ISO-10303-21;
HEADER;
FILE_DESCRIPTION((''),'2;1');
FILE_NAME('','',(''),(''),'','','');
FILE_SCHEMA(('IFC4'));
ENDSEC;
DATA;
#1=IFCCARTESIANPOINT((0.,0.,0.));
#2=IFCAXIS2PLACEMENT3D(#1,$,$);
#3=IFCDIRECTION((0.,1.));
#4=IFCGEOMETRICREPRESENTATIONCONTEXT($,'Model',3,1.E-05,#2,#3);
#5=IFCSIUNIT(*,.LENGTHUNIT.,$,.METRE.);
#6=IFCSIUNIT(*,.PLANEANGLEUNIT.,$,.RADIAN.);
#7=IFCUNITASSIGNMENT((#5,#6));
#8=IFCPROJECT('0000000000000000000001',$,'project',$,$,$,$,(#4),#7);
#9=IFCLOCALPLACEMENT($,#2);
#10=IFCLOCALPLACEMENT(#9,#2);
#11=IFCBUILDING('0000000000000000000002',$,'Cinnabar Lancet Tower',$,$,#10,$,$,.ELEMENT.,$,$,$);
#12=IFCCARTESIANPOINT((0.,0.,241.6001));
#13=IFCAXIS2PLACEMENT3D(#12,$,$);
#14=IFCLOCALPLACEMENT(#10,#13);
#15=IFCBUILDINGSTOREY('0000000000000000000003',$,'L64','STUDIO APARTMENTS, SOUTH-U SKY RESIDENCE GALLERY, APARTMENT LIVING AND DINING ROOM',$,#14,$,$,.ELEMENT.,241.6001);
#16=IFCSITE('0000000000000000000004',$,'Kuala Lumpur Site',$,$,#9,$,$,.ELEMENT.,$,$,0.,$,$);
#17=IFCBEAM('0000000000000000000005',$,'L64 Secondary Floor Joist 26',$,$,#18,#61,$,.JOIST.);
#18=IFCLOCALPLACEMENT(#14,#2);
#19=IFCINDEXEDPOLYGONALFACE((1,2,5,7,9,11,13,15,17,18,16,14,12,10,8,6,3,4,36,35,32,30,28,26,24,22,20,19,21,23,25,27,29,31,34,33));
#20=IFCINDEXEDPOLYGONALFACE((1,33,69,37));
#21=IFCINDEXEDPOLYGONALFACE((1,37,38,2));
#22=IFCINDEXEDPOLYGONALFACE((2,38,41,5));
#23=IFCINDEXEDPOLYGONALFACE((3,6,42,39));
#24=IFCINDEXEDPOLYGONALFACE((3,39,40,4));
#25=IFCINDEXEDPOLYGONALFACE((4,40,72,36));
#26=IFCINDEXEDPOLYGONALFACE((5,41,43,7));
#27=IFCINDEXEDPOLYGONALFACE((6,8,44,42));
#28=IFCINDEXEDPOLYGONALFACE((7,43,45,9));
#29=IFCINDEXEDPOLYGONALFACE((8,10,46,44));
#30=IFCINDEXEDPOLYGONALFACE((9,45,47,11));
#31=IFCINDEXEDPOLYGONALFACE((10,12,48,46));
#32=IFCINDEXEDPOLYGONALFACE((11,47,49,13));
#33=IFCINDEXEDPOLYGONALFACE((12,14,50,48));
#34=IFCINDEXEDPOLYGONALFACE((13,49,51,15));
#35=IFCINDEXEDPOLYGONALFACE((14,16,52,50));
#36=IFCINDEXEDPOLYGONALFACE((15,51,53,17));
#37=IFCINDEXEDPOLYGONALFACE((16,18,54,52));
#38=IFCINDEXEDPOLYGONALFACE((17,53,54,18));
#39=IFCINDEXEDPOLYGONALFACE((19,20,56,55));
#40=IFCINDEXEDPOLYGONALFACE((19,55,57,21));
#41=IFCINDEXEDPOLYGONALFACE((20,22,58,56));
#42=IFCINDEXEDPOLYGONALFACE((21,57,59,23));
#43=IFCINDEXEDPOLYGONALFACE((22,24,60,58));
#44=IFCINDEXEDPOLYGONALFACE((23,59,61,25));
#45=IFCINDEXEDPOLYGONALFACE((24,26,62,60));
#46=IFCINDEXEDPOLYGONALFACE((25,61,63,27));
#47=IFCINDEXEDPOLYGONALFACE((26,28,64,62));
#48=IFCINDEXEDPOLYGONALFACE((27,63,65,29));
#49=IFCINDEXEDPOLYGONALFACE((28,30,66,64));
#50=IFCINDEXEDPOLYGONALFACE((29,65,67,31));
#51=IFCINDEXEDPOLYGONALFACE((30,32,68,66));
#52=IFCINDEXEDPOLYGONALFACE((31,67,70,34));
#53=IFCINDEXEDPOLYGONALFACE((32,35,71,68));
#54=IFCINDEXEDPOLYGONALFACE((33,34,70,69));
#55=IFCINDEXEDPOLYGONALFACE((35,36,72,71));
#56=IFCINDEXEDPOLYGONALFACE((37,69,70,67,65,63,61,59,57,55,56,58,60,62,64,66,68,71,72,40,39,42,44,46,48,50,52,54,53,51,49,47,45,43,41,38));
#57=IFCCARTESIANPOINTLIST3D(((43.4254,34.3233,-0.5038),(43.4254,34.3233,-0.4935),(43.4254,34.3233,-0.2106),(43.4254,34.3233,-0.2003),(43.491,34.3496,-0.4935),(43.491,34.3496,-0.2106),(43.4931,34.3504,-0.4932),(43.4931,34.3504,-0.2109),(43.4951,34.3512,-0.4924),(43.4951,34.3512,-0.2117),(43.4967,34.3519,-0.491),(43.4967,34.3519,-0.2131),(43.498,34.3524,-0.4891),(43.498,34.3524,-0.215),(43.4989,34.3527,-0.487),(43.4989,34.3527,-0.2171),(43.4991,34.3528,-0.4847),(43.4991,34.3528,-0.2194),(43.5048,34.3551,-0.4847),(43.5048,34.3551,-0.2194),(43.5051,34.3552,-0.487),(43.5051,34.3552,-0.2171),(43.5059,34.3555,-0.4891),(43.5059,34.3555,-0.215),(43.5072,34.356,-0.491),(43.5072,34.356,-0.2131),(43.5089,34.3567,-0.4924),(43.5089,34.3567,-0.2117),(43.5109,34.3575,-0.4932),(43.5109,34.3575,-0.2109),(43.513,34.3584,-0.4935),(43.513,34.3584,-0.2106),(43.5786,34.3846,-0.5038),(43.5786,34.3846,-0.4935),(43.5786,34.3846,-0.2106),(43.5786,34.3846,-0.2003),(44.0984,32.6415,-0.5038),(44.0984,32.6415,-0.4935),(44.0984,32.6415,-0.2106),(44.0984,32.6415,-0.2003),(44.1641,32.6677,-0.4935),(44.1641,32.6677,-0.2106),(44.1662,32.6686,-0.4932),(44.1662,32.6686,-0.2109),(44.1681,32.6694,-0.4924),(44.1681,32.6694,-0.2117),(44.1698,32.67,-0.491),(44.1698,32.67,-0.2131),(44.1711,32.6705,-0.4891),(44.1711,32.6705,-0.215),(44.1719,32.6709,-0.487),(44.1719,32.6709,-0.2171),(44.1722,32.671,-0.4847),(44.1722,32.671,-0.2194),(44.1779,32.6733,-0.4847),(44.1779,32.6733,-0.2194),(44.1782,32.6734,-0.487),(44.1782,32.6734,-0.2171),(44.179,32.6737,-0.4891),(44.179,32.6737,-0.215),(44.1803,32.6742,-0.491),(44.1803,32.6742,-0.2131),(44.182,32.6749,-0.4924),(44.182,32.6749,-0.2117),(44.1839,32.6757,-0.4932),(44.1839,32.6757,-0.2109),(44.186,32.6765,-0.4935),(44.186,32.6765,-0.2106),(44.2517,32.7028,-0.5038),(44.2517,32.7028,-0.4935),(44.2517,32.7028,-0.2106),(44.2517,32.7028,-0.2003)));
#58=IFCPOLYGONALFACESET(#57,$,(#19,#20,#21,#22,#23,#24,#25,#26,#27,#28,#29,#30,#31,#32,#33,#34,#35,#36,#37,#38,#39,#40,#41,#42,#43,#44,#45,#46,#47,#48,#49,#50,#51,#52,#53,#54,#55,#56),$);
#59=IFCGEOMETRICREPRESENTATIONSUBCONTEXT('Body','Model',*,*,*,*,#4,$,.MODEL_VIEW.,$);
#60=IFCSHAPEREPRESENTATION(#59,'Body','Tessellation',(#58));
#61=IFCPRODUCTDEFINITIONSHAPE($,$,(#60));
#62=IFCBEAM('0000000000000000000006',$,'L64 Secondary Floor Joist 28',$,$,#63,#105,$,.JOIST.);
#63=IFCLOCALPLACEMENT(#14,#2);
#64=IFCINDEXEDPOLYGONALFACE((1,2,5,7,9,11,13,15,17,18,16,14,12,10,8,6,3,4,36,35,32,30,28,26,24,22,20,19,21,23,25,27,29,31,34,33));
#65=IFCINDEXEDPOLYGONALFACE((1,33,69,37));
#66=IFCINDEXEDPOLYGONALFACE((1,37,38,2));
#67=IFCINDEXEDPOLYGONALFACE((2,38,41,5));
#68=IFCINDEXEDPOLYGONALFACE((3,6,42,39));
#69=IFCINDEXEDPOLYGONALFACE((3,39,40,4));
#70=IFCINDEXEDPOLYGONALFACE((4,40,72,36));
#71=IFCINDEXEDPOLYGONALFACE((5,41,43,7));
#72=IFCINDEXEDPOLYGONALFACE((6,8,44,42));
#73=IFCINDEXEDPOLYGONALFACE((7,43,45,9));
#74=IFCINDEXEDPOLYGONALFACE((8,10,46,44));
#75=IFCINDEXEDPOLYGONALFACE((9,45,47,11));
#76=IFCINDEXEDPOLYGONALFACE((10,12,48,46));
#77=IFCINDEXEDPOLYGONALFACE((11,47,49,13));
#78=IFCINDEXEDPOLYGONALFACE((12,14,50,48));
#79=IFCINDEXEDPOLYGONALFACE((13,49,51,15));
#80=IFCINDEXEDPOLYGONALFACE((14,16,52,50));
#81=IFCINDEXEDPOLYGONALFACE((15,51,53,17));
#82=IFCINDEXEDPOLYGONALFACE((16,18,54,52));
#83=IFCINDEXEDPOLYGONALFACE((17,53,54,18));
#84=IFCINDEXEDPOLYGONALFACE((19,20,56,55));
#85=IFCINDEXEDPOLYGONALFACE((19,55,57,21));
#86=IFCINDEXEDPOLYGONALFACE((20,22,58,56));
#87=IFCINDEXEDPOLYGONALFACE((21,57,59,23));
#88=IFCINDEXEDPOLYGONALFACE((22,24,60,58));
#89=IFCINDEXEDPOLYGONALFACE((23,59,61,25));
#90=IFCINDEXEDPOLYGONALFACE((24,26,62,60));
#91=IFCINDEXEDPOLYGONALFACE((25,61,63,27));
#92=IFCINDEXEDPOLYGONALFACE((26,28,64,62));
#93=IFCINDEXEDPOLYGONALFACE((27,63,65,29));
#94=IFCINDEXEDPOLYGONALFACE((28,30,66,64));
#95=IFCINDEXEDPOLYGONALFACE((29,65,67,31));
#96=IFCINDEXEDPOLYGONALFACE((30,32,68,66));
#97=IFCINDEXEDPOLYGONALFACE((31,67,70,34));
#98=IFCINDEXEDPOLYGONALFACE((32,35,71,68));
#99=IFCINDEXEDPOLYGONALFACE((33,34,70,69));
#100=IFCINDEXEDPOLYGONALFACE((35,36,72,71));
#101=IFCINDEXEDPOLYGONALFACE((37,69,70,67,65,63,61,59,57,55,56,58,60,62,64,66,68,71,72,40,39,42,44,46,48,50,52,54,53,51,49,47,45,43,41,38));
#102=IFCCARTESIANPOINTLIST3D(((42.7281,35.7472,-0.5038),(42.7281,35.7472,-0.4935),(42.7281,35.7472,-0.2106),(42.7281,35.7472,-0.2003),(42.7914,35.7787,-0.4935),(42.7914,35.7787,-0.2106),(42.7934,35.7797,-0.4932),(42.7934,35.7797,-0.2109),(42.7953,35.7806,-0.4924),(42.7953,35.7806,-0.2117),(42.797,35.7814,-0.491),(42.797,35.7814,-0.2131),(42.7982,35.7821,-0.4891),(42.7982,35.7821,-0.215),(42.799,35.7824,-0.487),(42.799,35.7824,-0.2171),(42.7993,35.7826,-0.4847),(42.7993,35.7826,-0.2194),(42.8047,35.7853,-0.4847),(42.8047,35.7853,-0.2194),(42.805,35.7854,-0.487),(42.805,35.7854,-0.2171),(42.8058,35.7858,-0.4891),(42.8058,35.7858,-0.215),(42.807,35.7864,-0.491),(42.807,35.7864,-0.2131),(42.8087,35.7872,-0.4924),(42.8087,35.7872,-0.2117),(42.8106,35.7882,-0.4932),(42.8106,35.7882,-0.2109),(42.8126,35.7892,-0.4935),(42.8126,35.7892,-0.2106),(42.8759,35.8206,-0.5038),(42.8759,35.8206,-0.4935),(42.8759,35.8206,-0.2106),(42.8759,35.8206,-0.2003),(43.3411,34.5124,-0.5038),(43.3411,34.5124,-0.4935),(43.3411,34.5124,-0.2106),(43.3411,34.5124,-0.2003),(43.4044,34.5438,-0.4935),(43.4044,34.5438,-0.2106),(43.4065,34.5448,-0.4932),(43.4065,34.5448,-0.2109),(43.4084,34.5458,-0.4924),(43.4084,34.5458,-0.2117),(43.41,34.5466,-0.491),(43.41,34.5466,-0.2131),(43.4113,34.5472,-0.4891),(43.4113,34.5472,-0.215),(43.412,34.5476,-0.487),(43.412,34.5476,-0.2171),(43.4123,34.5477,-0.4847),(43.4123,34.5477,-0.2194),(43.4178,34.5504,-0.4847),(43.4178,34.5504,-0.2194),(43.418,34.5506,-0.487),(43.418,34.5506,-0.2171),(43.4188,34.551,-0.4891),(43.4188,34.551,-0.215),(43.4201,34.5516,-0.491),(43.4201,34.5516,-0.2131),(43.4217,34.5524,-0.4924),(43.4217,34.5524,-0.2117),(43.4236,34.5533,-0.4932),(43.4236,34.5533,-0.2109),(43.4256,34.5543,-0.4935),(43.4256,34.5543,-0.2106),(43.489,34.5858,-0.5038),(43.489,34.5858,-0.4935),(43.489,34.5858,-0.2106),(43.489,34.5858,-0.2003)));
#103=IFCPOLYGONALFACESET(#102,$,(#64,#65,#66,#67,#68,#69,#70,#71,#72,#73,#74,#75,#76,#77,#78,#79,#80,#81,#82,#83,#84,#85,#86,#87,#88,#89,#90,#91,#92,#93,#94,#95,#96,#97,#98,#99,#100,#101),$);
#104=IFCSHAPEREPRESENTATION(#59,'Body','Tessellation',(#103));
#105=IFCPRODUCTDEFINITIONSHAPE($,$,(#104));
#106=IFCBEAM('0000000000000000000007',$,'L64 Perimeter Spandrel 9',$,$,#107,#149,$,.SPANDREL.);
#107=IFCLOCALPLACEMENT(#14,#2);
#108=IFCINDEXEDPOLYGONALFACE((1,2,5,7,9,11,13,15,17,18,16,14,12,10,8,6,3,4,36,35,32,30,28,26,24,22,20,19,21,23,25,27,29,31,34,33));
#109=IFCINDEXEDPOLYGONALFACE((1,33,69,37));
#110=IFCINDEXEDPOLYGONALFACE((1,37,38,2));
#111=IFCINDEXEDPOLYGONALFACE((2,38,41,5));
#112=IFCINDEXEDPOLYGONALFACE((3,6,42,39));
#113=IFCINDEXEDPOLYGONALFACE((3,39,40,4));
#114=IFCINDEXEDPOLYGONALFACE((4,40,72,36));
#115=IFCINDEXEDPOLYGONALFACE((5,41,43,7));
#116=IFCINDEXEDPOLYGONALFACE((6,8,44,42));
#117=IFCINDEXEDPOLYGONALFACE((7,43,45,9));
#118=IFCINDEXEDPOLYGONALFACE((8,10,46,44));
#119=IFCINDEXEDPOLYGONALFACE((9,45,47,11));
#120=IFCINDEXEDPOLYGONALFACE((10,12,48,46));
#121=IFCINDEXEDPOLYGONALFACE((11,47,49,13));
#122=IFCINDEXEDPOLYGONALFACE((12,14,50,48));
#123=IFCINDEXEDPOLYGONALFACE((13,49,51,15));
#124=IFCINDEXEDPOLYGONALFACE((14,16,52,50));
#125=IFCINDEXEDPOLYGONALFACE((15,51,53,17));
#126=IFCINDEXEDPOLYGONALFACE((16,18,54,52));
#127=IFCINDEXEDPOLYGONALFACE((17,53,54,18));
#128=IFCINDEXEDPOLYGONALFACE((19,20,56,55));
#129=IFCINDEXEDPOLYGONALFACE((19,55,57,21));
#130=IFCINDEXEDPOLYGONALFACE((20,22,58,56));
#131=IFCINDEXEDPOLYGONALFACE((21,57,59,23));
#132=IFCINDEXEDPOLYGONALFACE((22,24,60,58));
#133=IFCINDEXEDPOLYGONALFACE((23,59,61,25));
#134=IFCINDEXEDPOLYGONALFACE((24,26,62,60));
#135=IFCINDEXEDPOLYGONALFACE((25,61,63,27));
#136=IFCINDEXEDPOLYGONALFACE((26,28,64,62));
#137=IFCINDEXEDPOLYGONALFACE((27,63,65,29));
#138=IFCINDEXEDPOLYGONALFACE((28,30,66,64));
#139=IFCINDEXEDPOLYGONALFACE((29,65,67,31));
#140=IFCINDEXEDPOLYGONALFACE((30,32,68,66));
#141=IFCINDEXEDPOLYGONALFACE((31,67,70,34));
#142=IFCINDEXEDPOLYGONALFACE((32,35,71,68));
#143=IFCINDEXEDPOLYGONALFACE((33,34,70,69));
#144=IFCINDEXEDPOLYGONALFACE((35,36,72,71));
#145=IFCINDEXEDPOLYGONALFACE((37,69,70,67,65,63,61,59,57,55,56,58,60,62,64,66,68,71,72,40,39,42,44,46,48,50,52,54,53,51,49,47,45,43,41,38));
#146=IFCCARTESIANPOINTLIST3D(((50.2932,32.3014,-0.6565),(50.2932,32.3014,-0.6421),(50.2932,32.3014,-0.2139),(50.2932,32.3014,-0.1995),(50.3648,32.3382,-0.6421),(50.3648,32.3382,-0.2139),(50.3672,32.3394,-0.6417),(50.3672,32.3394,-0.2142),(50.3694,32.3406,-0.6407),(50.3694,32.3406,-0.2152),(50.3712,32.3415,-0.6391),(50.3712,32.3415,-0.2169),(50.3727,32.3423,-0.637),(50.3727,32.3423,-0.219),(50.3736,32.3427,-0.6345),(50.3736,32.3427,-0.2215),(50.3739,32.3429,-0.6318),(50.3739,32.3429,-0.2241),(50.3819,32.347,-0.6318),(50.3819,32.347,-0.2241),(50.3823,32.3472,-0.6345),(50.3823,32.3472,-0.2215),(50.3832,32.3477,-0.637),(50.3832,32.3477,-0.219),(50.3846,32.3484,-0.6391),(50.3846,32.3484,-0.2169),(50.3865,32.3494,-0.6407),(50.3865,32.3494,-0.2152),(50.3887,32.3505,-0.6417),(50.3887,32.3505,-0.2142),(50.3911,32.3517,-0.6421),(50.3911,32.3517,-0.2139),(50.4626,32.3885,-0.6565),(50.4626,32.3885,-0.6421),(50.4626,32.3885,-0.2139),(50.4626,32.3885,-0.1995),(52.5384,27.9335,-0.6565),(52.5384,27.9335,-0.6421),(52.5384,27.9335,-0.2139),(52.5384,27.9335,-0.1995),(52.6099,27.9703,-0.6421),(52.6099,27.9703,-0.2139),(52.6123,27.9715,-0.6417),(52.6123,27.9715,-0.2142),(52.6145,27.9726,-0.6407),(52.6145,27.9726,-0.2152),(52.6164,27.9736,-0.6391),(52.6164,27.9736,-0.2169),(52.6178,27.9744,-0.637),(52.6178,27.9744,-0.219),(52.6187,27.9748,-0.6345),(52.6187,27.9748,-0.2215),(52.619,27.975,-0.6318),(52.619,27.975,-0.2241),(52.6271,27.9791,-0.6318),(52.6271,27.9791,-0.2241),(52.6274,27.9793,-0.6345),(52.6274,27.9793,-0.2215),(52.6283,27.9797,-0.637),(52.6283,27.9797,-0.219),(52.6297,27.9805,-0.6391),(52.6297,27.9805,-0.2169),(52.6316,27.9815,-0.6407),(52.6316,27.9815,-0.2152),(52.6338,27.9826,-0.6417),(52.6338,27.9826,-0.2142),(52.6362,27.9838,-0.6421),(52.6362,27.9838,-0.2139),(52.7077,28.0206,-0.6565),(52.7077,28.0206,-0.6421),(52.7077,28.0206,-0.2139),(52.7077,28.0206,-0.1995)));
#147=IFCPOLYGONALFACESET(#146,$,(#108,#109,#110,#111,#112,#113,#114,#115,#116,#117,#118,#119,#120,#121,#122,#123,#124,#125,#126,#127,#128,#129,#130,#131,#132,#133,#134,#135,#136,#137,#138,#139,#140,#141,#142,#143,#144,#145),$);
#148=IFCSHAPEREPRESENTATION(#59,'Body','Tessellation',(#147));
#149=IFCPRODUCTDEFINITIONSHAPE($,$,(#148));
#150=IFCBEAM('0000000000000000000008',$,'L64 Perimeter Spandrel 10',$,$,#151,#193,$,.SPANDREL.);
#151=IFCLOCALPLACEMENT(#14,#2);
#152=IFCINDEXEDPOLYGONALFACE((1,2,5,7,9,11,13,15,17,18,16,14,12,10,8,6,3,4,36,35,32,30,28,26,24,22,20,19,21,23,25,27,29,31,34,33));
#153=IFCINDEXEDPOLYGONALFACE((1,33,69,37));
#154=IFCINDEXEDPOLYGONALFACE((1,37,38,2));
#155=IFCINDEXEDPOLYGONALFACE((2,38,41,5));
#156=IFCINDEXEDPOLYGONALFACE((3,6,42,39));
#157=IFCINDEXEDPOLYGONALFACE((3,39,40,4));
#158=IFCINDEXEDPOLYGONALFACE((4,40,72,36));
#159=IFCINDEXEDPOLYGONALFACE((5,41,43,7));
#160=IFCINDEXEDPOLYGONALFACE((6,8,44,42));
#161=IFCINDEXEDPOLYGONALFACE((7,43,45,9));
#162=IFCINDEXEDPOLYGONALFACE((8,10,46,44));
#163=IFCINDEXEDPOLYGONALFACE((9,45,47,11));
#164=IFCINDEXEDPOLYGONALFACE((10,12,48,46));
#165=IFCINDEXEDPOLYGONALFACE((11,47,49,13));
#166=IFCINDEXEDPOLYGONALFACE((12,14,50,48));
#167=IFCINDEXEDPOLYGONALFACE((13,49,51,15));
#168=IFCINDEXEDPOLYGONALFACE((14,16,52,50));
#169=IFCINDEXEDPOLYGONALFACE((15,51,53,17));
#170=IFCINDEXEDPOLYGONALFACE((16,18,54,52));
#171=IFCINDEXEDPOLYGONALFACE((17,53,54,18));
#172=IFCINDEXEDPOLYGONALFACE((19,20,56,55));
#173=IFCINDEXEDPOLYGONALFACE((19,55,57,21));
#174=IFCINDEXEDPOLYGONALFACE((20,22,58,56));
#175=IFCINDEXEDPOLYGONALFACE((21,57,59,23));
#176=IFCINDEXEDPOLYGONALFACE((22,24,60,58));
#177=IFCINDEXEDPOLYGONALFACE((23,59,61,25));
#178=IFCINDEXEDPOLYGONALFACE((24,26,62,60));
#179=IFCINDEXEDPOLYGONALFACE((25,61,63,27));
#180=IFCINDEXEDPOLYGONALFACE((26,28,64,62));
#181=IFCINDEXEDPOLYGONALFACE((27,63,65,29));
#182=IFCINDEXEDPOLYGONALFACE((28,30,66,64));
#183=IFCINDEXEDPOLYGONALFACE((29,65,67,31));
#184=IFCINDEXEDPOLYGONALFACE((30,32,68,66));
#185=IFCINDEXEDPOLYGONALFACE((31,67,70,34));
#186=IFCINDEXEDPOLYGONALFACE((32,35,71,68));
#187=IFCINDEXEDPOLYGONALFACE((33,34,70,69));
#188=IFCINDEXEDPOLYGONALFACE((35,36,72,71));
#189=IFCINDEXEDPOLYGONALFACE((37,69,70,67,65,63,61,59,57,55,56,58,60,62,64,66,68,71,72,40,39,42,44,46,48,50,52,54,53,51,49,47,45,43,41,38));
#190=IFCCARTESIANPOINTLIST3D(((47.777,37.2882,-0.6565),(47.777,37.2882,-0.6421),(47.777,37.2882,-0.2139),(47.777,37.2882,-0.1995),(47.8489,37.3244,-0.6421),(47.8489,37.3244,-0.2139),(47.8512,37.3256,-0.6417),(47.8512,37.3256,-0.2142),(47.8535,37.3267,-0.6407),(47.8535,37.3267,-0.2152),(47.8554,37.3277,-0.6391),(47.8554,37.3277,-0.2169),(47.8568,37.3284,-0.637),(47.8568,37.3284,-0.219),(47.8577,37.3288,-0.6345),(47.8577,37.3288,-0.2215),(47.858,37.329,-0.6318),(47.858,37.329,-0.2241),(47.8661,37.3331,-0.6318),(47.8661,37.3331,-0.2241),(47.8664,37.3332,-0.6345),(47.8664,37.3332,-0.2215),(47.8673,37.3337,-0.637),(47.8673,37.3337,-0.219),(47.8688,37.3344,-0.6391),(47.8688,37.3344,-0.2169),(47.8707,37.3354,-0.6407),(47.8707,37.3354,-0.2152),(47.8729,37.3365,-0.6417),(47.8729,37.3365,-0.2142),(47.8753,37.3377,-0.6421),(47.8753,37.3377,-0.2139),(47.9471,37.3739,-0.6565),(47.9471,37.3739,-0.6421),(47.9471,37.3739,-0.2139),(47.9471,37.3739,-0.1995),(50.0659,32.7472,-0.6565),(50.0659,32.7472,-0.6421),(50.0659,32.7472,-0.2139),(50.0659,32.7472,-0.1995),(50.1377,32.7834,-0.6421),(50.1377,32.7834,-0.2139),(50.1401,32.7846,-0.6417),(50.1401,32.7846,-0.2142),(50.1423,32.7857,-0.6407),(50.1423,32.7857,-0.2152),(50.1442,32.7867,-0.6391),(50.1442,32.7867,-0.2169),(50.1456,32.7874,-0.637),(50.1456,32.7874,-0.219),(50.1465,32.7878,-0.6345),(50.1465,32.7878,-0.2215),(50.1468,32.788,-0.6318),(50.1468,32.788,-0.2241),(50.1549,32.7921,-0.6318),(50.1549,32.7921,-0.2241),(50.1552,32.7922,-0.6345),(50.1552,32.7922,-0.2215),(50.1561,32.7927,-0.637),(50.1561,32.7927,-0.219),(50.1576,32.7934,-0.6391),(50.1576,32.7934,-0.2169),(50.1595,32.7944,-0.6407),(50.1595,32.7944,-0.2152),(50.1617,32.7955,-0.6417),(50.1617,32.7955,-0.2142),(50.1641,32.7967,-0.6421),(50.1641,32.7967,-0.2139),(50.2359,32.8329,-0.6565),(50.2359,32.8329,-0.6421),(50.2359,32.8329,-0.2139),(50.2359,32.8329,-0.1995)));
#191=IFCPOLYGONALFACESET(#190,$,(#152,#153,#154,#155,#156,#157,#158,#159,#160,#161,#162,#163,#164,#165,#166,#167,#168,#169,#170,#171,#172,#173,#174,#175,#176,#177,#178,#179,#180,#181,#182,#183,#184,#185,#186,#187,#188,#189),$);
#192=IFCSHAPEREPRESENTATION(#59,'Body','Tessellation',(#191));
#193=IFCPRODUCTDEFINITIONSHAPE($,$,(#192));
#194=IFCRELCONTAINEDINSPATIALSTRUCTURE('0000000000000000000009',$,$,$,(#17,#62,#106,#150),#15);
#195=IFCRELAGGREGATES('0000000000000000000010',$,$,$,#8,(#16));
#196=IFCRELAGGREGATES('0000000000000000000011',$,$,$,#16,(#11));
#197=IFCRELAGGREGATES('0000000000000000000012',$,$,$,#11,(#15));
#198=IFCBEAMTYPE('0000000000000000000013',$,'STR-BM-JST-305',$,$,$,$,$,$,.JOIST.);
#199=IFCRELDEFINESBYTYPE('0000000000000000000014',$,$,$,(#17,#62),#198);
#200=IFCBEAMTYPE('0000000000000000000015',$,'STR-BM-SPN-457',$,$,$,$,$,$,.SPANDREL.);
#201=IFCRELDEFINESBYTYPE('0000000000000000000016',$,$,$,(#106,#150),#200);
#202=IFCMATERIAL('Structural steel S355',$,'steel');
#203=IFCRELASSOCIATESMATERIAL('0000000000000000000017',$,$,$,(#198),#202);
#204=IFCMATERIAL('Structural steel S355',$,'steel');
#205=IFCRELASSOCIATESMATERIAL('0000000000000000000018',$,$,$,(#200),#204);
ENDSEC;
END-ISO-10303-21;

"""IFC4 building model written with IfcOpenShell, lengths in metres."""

from ifc_helpers import new_model, si_unit, direction, frame, origin, origin_2d, place, context, subcontext, project, spatial, i_section, extrude, material, material_profile, profile_set, type_object, element, save


model = new_model("IFC4")

# Units and contexts
model_context = context("Model", 3, precision=1e-05, world=origin(), true_north=direction((0.0, 1.0)))
body_context = subcontext(model_context, "Body", "Model", "MODEL_VIEW")
ifc_project = project(units=[si_unit("LENGTHUNIT", "METRE"), si_unit("PLANEANGLEUNIT", "RADIAN")], contexts=[model_context])

# Site, building, storey
site_placement = place(None, origin())
site = spatial("IfcSite", under=ifc_project, at=site_placement, Name="Kuala Lumpur Site", CompositionType="ELEMENT", RefElevation=0.0)
building_placement = place(site_placement, origin())
building = spatial("IfcBuilding", under=site, at=building_placement, Name="Cinnabar Lancet Tower", CompositionType="ELEMENT")
storey_placement = place(building_placement, frame((0.0, 0.0, 241.6001)))
storey = spatial("IfcBuildingStorey", under=building, at=storey_placement, Name="L64", Description="STUDIO APARTMENTS, SOUTH-U SKY RESIDENCE GALLERY, APARTMENT LIVING AND DINING ROOM", CompositionType="ELEMENT", Elevation=241.6001)

# Beams
ifc_material_1 = material(Name="Structural steel S355", Category="steel")
ifc_material_profile_1 = material_profile(ifc_material_1, i_section(OverallWidth=0.165, OverallDepth=0.3035, WebThickness=0.0061, FlangeThickness=0.0103, FilletRadius=0.0088, at=origin_2d()), Name="UKB 305x165x40")
ifc_profile_set_1 = profile_set([ifc_material_profile_1], Name="Structural steel S355")
beam_type_1 = type_object("IfcBeamType", Name="STR-BM-JST-305", PredefinedType="JOIST", material=ifc_profile_set_1)
beam_1_placement = place(storey_placement, frame((44.175, 32.6721, -0.3521), z_axis=(-0.371553, 0.928412, 0.0), x_axis=(-0.928412, -0.371553, 0.0)))
element("IfcBeam", 1, at=beam_1_placement, inside=storey, type_object=beam_type_1, Name="L64 Secondary Floor Joist 26", PredefinedType="JOIST", context=body_context, shape_type="SweptSolid", body=[
    extrude(i_section(OverallWidth=0.165, OverallDepth=0.3035, WebThickness=0.0061, FlangeThickness=0.0103, FilletRadius=0.0088, at=origin_2d()), origin(), (0.0, 0.0, 1.0), 1.8115),
])
beam_2_placement = place(storey_placement, frame((43.415, 34.5491, -0.3521), z_axis=(-0.444662, 0.895699, 0.0), x_axis=(-0.895699, -0.444662, 0.0)))
element("IfcBeam", 2, at=beam_2_placement, inside=storey, type_object=beam_type_1, Name="L64 Secondary Floor Joist 28", PredefinedType="JOIST", context=body_context, shape_type="SweptSolid", body=[
    extrude(i_section(OverallWidth=0.165, OverallDepth=0.3035, WebThickness=0.0061, FlangeThickness=0.0103, FilletRadius=0.0088, at=origin_2d()), origin(), (0.0, 0.0, 1.0), 1.3787),
])
ifc_material_2 = material(Name="Structural steel S355", Category="steel")
ifc_material_profile_2 = material_profile(ifc_material_2, i_section(OverallWidth=0.1904, OverallDepth=0.457, WebThickness=0.009, FlangeThickness=0.0144, FilletRadius=0.0103, at=origin_2d()), Name="UKB 457x191x74")
ifc_profile_set_2 = profile_set([ifc_material_profile_2], Name="Structural steel S355")
beam_type_2 = type_object("IfcBeamType", Name="STR-BM-SPN-457", PredefinedType="SPANDREL", material=ifc_profile_set_2)
beam_3_placement = place(storey_placement, frame((52.623, 27.9771, -0.428), z_axis=(-0.457148, 0.889391, 0.0), x_axis=(-0.889391, -0.457148, 0.0)))
element("IfcBeam", 3, at=beam_3_placement, inside=storey, type_object=beam_type_2, Name="L64 Perimeter Spandrel 9", PredefinedType="SPANDREL", context=body_context, shape_type="SweptSolid", body=[
    extrude(i_section(OverallWidth=0.1904, OverallDepth=0.457, WebThickness=0.009, FlangeThickness=0.0144, FilletRadius=0.0103, at=origin_2d()), origin(), (0.0, 0.0, 1.0), 4.9111),
])
beam_4_placement = place(storey_placement, frame((50.1509, 32.79, -0.428), z_axis=(-0.450092, 0.892982, 0.0), x_axis=(-0.892982, -0.450092, 0.0)))
element("IfcBeam", 4, at=beam_4_placement, inside=storey, type_object=beam_type_2, Name="L64 Perimeter Spandrel 10", PredefinedType="SPANDREL", context=body_context, shape_type="SweptSolid", body=[
    extrude(i_section(OverallWidth=0.1904, OverallDepth=0.457, WebThickness=0.009, FlangeThickness=0.0144, FilletRadius=0.0103, at=origin_2d()), origin(), (0.0, 0.0, 1.0), 5.0852),
])

save(model, "model.ifc")
